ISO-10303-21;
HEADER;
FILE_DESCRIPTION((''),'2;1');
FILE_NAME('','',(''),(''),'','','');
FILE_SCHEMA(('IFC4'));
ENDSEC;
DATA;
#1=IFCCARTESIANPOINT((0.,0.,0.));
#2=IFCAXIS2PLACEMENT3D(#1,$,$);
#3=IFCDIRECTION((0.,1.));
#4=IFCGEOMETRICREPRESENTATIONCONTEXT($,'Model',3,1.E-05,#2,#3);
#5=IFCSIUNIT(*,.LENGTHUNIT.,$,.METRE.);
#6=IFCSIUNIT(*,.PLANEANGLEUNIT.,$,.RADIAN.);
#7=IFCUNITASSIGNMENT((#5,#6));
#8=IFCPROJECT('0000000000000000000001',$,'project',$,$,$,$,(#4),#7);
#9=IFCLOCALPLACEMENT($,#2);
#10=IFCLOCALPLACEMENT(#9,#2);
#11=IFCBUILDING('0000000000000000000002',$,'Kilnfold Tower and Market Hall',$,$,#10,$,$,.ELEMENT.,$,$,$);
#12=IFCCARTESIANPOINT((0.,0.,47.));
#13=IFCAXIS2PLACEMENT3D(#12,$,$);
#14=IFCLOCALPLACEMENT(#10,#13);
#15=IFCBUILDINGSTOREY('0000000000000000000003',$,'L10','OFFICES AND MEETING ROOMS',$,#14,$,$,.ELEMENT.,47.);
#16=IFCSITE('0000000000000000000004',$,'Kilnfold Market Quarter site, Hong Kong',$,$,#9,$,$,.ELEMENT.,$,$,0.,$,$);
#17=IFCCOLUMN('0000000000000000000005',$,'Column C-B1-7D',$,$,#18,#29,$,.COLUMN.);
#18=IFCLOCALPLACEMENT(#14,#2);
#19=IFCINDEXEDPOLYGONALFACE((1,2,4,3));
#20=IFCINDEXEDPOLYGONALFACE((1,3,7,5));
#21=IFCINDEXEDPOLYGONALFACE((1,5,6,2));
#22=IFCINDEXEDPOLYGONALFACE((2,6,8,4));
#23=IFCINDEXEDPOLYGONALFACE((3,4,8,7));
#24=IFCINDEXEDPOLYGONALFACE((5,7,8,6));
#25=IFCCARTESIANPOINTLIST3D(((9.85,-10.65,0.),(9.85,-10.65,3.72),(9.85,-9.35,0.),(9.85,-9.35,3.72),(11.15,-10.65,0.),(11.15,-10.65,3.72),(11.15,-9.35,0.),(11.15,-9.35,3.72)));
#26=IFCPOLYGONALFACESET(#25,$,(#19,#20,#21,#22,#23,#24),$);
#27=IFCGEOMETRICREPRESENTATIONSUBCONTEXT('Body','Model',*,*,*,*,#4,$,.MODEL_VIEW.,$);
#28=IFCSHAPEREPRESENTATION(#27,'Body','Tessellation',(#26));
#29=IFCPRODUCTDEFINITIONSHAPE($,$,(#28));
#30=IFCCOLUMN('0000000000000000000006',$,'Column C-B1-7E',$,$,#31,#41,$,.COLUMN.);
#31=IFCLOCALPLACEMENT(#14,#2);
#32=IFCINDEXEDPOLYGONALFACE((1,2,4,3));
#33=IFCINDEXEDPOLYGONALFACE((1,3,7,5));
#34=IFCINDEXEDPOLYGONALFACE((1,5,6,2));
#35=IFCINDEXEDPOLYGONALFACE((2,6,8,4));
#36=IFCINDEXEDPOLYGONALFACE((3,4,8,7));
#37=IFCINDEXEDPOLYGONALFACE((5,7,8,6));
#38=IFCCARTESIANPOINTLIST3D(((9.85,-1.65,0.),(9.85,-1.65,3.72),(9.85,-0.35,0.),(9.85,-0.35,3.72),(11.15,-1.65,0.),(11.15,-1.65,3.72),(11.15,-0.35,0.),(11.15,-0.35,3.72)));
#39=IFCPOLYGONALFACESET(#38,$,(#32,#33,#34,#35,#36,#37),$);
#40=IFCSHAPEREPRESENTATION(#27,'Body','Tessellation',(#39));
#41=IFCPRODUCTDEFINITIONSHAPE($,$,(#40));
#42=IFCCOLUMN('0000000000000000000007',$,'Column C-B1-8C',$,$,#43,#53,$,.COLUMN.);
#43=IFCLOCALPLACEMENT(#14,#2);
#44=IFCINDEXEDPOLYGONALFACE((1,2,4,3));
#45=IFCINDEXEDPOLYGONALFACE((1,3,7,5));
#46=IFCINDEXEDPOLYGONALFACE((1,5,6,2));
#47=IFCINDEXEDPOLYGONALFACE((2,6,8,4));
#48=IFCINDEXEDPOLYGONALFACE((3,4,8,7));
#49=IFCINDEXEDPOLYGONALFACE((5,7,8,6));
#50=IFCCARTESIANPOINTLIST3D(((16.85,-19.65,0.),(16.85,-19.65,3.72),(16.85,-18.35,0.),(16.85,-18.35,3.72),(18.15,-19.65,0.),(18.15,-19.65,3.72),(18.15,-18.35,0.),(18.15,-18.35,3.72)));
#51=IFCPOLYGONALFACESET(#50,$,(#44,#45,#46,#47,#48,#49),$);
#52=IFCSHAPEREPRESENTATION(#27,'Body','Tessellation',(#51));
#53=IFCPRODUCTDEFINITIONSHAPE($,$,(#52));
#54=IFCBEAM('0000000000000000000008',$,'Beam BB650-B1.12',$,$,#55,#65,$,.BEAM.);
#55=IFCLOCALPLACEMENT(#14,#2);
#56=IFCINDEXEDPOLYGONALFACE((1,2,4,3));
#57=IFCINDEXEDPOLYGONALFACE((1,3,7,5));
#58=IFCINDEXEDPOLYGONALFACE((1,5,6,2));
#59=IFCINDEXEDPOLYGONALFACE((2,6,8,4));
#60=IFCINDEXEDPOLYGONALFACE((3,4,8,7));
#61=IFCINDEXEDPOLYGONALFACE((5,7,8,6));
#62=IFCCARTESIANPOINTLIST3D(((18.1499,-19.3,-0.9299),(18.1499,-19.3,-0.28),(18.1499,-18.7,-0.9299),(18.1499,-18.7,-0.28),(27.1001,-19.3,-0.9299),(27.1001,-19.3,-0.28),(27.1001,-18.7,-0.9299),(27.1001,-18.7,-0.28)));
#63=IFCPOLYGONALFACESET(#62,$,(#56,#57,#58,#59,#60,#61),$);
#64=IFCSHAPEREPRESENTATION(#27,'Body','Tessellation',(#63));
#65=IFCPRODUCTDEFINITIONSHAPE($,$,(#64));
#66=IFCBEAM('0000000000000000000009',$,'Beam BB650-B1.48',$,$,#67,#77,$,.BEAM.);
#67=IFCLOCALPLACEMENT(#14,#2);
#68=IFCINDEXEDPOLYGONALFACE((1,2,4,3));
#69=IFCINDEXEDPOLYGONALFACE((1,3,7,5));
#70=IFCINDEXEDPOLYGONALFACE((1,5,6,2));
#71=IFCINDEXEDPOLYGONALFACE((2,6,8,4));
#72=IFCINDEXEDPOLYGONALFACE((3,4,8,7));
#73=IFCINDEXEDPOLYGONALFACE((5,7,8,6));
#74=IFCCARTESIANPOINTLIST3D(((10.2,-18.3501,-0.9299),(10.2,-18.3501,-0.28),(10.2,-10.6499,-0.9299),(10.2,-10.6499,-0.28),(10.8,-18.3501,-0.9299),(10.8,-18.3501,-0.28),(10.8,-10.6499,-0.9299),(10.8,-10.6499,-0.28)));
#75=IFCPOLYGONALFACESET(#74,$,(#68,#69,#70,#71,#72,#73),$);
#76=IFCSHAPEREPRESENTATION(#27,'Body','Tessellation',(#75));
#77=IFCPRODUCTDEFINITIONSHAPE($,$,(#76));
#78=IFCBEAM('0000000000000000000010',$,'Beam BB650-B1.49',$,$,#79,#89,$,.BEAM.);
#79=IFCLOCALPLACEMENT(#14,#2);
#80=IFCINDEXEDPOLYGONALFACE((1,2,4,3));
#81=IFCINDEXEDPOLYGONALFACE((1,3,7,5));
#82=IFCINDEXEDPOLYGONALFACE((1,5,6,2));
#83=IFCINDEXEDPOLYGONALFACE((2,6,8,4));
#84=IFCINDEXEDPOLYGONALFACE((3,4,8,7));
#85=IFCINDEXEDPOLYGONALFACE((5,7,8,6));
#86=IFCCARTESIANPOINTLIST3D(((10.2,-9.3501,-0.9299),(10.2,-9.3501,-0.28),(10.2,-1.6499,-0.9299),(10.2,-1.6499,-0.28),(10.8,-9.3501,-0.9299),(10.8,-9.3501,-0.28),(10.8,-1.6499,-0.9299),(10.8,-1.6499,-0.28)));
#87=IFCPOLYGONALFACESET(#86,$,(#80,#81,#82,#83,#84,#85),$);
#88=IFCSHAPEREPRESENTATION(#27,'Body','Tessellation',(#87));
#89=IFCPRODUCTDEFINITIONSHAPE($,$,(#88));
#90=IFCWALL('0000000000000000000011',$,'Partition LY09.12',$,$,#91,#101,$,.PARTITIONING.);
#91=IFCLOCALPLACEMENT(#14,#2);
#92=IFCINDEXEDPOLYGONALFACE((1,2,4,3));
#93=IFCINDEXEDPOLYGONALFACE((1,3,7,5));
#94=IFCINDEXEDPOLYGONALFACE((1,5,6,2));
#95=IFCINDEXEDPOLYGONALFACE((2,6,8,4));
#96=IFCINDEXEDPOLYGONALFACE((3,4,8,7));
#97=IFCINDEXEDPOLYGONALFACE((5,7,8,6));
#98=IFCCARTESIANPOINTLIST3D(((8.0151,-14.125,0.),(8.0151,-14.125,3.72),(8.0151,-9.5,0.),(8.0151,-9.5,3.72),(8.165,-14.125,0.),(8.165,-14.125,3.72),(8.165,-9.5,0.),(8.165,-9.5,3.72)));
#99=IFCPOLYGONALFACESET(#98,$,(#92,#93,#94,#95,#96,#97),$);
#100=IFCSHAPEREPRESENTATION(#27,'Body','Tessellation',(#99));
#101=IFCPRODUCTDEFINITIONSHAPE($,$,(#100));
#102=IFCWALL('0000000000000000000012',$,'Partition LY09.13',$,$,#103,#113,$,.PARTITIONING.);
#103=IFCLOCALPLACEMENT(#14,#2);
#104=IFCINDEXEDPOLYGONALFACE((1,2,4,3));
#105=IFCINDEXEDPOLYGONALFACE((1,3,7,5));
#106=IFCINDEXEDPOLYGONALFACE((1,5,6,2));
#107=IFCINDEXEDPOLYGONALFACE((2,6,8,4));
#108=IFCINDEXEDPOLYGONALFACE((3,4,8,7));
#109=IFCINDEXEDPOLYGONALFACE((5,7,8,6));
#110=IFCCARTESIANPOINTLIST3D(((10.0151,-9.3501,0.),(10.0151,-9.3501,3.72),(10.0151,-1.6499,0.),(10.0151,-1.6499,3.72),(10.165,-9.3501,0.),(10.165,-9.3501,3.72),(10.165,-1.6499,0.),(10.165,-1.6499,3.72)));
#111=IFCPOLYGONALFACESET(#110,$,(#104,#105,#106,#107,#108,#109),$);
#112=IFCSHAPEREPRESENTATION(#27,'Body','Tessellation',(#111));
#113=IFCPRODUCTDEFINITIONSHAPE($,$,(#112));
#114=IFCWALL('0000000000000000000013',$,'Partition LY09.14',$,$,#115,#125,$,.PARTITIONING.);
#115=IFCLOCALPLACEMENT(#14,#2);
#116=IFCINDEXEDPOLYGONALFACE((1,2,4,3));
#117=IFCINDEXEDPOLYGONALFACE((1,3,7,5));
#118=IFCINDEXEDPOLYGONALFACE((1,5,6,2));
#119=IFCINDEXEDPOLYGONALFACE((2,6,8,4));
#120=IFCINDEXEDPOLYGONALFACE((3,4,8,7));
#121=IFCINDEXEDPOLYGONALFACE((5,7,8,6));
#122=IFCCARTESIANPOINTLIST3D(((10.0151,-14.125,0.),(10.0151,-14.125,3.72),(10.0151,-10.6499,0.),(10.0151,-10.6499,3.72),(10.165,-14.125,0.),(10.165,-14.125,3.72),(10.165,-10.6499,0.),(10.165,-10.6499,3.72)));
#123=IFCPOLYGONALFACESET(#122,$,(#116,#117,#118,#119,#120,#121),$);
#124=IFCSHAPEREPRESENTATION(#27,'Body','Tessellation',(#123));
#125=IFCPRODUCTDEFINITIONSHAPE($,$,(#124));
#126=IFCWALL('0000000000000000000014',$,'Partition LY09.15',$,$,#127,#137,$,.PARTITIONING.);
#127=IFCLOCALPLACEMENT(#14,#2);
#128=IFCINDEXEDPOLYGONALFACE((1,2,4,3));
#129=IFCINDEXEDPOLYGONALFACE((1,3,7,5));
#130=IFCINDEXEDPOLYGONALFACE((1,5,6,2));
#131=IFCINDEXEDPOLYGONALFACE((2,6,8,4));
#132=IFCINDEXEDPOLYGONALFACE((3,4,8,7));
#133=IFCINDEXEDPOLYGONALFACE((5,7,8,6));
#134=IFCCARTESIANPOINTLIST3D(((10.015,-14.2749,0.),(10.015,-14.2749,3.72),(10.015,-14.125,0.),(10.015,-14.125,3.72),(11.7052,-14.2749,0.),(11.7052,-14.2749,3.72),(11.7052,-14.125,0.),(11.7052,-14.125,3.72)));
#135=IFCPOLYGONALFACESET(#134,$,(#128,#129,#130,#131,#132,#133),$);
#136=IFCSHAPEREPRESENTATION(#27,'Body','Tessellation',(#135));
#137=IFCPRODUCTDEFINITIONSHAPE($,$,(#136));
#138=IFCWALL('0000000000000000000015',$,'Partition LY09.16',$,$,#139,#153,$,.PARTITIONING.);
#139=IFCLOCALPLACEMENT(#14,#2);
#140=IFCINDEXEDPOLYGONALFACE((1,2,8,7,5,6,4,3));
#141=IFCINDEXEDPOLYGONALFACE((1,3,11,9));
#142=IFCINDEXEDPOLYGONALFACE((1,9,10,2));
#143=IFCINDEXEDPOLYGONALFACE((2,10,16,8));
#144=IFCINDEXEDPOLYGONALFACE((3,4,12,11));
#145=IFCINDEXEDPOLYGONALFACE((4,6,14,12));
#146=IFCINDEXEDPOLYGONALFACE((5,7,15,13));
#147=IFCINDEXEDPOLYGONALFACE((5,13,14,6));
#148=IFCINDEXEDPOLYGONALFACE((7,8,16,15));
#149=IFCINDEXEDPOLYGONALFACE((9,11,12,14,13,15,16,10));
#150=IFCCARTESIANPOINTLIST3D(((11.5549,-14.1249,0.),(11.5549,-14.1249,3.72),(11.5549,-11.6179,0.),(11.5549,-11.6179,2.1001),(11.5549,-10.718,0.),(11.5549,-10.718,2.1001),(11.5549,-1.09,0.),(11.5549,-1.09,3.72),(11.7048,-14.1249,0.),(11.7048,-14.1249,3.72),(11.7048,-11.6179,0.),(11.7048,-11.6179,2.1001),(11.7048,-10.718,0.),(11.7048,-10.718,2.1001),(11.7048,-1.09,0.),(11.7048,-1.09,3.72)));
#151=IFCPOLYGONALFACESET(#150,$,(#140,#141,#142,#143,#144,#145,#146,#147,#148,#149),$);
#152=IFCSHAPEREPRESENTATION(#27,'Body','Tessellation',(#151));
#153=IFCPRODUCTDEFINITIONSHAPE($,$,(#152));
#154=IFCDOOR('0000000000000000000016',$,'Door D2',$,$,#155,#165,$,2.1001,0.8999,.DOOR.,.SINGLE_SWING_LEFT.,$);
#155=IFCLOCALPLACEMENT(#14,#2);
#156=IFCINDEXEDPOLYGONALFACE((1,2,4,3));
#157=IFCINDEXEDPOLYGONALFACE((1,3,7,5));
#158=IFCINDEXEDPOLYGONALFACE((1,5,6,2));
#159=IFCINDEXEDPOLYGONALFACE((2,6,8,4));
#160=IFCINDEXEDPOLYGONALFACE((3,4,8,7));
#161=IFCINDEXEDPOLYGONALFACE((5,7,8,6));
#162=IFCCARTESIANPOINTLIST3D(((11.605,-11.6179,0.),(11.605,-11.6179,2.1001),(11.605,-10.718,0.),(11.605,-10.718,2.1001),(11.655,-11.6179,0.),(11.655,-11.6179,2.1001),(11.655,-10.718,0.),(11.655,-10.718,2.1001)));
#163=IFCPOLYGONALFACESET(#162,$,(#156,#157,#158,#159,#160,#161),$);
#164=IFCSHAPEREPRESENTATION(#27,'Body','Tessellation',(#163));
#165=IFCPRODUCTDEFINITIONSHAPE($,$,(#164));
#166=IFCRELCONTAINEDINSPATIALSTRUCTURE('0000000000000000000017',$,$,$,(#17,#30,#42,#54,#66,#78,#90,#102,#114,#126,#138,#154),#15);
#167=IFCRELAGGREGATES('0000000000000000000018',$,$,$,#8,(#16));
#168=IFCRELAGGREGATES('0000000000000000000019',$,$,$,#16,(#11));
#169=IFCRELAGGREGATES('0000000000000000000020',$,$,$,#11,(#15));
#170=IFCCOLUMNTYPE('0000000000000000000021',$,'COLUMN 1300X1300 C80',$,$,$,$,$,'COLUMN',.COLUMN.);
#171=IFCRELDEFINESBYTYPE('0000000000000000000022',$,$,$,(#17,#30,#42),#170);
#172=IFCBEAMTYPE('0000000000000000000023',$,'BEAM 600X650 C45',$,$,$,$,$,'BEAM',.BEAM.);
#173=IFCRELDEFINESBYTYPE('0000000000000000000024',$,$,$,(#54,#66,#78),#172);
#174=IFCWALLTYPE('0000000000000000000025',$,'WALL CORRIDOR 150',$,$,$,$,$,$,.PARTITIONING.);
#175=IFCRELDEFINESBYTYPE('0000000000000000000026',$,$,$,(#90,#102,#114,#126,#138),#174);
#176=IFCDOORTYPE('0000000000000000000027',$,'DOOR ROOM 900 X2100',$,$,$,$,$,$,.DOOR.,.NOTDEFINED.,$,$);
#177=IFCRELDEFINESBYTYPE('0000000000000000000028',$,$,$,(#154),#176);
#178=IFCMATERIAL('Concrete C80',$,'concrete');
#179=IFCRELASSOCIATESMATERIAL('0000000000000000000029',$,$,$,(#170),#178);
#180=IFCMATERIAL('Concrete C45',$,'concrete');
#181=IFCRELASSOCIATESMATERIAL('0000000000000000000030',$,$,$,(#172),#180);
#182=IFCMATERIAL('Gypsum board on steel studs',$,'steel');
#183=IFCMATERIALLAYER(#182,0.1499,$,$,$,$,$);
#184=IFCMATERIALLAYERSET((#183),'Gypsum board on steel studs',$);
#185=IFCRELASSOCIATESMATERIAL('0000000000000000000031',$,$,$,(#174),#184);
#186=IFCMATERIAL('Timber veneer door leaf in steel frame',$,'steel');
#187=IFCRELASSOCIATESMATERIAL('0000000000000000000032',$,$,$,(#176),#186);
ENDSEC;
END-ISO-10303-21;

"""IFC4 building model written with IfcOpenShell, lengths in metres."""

from ifc_helpers import new_model, si_unit, direction, frame, frame_2d, origin, origin_2d, place, context, subcontext, project, spatial, rectangle, extrude, source, transform, mapped, material, layer, layer_set, material_profile, profile_set, type_object, element, fill, save


model = new_model("IFC4")

# Units and contexts
model_context = context("Model", 3, precision=1e-05, world=origin(), true_north=direction((0.0, 1.0)))
body_context = subcontext(model_context, "Body", "Model", "MODEL_VIEW")
ifc_project = project(units=[si_unit("LENGTHUNIT", "METRE"), si_unit("PLANEANGLEUNIT", "RADIAN")], contexts=[model_context])

# Site, building, storey
site_placement = place(None, origin())
site = spatial("IfcSite", under=ifc_project, at=site_placement, Name="Kilnfold Market Quarter site, Hong Kong", CompositionType="ELEMENT", RefElevation=0.0)
building_placement = place(site_placement, origin())
building = spatial("IfcBuilding", under=site, at=building_placement, Name="Kilnfold Tower and Market Hall", CompositionType="ELEMENT")
storey_placement = place(building_placement, frame((0.0, 0.0, 47.0)))
storey = spatial("IfcBuildingStorey", under=building, at=storey_placement, Name="L10", Description="OFFICES AND MEETING ROOMS", CompositionType="ELEMENT", Elevation=47.0)

# Columns
ifc_material_1 = material(Name="Concrete C80", Category="concrete")
ifc_material_profile_1 = material_profile(ifc_material_1, rectangle(XDim=1.3, YDim=1.3, at=origin_2d()), Name="RC 1300x1300")
ifc_profile_set_1 = profile_set([ifc_material_profile_1], Name="Concrete C80")
column_type = type_object("IfcColumnType", Name="COLUMN 1300X1300 C80", ElementType="COLUMN", PredefinedType="COLUMN", material=ifc_profile_set_1)
shared_shape_1 = source(origin(), body_context, "Body", "SweptSolid", [
    extrude(rectangle(XDim=1.3, YDim=1.3, at=origin_2d()), origin(), (0.0, 0.0, 1.0), 3.72),
])
for number, where, z_axis, x_axis, name in (
    (1, (10.5, -10.0, 0.0), (0.0, 0.0, 1.0), (1.0, 0.0, 0.0), "Column C-B1-7D"),
    (2, (10.5, -1.0, 0.0), (0.0, 0.0, 1.0), (1.0, 0.0, 0.0), "Column C-B1-7E"),
    (3, (17.5, -19.0, 0.0), (0.0, 0.0, 1.0), (1.0, 0.0, 0.0), "Column C-B1-8C"),
):
    element("IfcColumn", number, at=place(storey_placement, frame(where, z_axis=z_axis, x_axis=x_axis)), inside=storey, type_object=column_type, Name=name, PredefinedType="COLUMN", context=body_context, shape_type="MappedRepresentation", body=[
        mapped(shared_shape_1, transform((0.0, 0.0, 0.0))),
    ])

# Beams
ifc_material_2 = material(Name="Concrete C45", Category="concrete")
ifc_material_profile_2 = material_profile(ifc_material_2, rectangle(XDim=0.6001, YDim=0.6499, at=origin_2d()), Name="RC 600x650")
ifc_profile_set_2 = profile_set([ifc_material_profile_2], Name="Concrete C45")
beam_type = type_object("IfcBeamType", Name="BEAM 600X650 C45", ElementType="BEAM", PredefinedType="BEAM", material=ifc_profile_set_2)
shared_shape_2 = source(origin(), body_context, "Body", "SweptSolid", [
    extrude(rectangle(XDim=0.6001, YDim=0.6499, at=origin_2d()), origin(), (0.0, 0.0, 1.0), 8.9502),
])
beam_placement = place(storey_placement, frame((18.1499, -19.0, -0.605), z_axis=(1.0, 0.0, 0.0), x_axis=(0.0, 1.0, 0.0)))
element("IfcBeam", 4, at=beam_placement, inside=storey, type_object=beam_type, Name="Beam BB650-B1.12", PredefinedType="BEAM", context=body_context, shape_type="MappedRepresentation", body=[
    mapped(shared_shape_2, transform((0.0, 0.0, 0.0))),
])
shared_shape_3 = source(origin(), body_context, "Body", "SweptSolid", [
    extrude(rectangle(XDim=0.6001, YDim=0.6499, at=origin_2d()), origin(), (0.0, 0.0, 1.0), 7.7002),
])
for number, where, z_axis, x_axis, name in (
    (5, (10.5, -18.3501, -0.605), (0.0, 1.0, 0.0), (-1.0, 0.0, 0.0), "Beam BB650-B1.48"),
    (6, (10.5, -9.3501, -0.605), (0.0, 1.0, 0.0), (-1.0, 0.0, 0.0), "Beam BB650-B1.49"),
):
    element("IfcBeam", number, at=place(storey_placement, frame(where, z_axis=z_axis, x_axis=x_axis)), inside=storey, type_object=beam_type, Name=name, PredefinedType="BEAM", context=body_context, shape_type="MappedRepresentation", body=[
        mapped(shared_shape_3, transform((0.0, 0.0, 0.0))),
    ])

# Walls
ifc_material_3 = material(Name="Gypsum board on steel studs", Category="steel")
ifc_layer_1 = layer(ifc_material_3, 0.1499)
ifc_layer_set_1 = layer_set([ifc_layer_1], Name="Gypsum board on steel studs")
wall_type_1 = type_object("IfcWallType", Name="WALL CORRIDOR 150", PredefinedType="PARTITIONING", material=ifc_layer_set_1)
wall_1_placement = place(storey_placement, frame((8.0901, -14.125, 0.0), z_axis=(0.0, 0.0, 1.0), x_axis=(0.0, 1.0, 0.0)))
element("IfcWall", 7, at=wall_1_placement, inside=storey, type_object=wall_type_1, Name="Partition LY09.12", PredefinedType="PARTITIONING", context=body_context, shape_type="SweptSolid", body=[
    extrude(rectangle(XDim=4.625, YDim=0.1499, at=frame_2d((2.3125, 0.0))), origin(), (0.0, 0.0, 1.0), 3.72),
])
wall_2_placement = place(storey_placement, frame((10.0901, -9.3501, 0.0), z_axis=(0.0, 0.0, 1.0), x_axis=(0.0, 1.0, 0.0)))
element("IfcWall", 8, at=wall_2_placement, inside=storey, type_object=wall_type_1, Name="Partition LY09.13", PredefinedType="PARTITIONING", context=body_context, shape_type="SweptSolid", body=[
    extrude(rectangle(XDim=7.7002, YDim=0.1499, at=frame_2d((3.8501, 0.0))), origin(), (0.0, 0.0, 1.0), 3.72),
])
wall_3_placement = place(storey_placement, frame((10.0901, -14.125, 0.0), z_axis=(0.0, 0.0, 1.0), x_axis=(0.0, 1.0, 0.0)))
element("IfcWall", 9, at=wall_3_placement, inside=storey, type_object=wall_type_1, Name="Partition LY09.14", PredefinedType="PARTITIONING", context=body_context, shape_type="SweptSolid", body=[
    extrude(rectangle(XDim=3.4751, YDim=0.1499, at=frame_2d((1.7375, 0.0))), origin(), (0.0, 0.0, 1.0), 3.72),
])
wall_4_placement = place(storey_placement, frame((10.0149, -14.2, 0.0), z_axis=(0.0, 0.0, 1.0), x_axis=(1.0, 0.0, 0.0)))
element("IfcWall", 10, at=wall_4_placement, inside=storey, type_object=wall_type_1, Name="Partition LY09.15", PredefinedType="PARTITIONING", context=body_context, shape_type="SweptSolid", body=[
    extrude(rectangle(XDim=1.6902, YDim=0.1499, at=frame_2d((0.8452, 0.0))), origin(), (0.0, 0.0, 1.0), 3.72),
])

# Wall, opening, door
wall_5_placement = place(storey_placement, frame((11.6299, -14.125, 0.0), z_axis=(0.0, 0.0, 1.0), x_axis=(0.0, 1.0, 0.0)))
wall_5 = element("IfcWall", 11, at=wall_5_placement, inside=storey, type_object=wall_type_1, Name="Partition LY09.16", PredefinedType="PARTITIONING", context=body_context, shape_type="SweptSolid", body=[
    extrude(rectangle(XDim=13.0349, YDim=0.1499, at=frame_2d((6.5176, 0.0))), origin(), (0.0, 0.0, 1.0), 3.72),
])
opening_1_placement = place(wall_5_placement, frame((2.5071, 0.0, 0.0)))
opening_1 = element("IfcOpeningElement", 12, at=opening_1_placement, cuts=wall_5, PredefinedType="OPENING", context=body_context, shape_type="SweptSolid", body=[
    extrude(rectangle(XDim=0.8999, YDim=2.1001, at=frame_2d((0.45, 1.05))), frame((0.0, 0.085, 0.0), z_axis=(0.0, -1.0, 0.0), x_axis=(1.0, 0.0, 0.0)), (0.0, 0.0, 1.0), 0.1699),
])
ifc_material_4 = material(Name="Timber veneer door leaf in steel frame", Category="steel")
door_type_1 = type_object("IfcDoorType", Name="DOOR ROOM 900 X2100", OperationType="NOTDEFINED", PredefinedType="DOOR", material=ifc_material_4)
door_1_placement = place(opening_1_placement, origin())
door_1 = element("IfcDoor", 13, at=door_1_placement, inside=storey, type_object=door_type_1, Name="Door D2", OperationType="SINGLE_SWING_LEFT", OverallHeight=2.1001, OverallWidth=0.8999, PredefinedType="DOOR", context=body_context, shape_type="SweptSolid", body=[
    extrude(rectangle(XDim=0.8999, YDim=2.1001, at=frame_2d((0.45, 1.05))), frame((0.0, 0.0249, 0.0), z_axis=(0.0, -1.0, 0.0), x_axis=(1.0, 0.0, 0.0)), (0.0, 0.0, 1.0), 0.05),
])
fill(opening_1, door_1)

save(model, "model.ifc")
